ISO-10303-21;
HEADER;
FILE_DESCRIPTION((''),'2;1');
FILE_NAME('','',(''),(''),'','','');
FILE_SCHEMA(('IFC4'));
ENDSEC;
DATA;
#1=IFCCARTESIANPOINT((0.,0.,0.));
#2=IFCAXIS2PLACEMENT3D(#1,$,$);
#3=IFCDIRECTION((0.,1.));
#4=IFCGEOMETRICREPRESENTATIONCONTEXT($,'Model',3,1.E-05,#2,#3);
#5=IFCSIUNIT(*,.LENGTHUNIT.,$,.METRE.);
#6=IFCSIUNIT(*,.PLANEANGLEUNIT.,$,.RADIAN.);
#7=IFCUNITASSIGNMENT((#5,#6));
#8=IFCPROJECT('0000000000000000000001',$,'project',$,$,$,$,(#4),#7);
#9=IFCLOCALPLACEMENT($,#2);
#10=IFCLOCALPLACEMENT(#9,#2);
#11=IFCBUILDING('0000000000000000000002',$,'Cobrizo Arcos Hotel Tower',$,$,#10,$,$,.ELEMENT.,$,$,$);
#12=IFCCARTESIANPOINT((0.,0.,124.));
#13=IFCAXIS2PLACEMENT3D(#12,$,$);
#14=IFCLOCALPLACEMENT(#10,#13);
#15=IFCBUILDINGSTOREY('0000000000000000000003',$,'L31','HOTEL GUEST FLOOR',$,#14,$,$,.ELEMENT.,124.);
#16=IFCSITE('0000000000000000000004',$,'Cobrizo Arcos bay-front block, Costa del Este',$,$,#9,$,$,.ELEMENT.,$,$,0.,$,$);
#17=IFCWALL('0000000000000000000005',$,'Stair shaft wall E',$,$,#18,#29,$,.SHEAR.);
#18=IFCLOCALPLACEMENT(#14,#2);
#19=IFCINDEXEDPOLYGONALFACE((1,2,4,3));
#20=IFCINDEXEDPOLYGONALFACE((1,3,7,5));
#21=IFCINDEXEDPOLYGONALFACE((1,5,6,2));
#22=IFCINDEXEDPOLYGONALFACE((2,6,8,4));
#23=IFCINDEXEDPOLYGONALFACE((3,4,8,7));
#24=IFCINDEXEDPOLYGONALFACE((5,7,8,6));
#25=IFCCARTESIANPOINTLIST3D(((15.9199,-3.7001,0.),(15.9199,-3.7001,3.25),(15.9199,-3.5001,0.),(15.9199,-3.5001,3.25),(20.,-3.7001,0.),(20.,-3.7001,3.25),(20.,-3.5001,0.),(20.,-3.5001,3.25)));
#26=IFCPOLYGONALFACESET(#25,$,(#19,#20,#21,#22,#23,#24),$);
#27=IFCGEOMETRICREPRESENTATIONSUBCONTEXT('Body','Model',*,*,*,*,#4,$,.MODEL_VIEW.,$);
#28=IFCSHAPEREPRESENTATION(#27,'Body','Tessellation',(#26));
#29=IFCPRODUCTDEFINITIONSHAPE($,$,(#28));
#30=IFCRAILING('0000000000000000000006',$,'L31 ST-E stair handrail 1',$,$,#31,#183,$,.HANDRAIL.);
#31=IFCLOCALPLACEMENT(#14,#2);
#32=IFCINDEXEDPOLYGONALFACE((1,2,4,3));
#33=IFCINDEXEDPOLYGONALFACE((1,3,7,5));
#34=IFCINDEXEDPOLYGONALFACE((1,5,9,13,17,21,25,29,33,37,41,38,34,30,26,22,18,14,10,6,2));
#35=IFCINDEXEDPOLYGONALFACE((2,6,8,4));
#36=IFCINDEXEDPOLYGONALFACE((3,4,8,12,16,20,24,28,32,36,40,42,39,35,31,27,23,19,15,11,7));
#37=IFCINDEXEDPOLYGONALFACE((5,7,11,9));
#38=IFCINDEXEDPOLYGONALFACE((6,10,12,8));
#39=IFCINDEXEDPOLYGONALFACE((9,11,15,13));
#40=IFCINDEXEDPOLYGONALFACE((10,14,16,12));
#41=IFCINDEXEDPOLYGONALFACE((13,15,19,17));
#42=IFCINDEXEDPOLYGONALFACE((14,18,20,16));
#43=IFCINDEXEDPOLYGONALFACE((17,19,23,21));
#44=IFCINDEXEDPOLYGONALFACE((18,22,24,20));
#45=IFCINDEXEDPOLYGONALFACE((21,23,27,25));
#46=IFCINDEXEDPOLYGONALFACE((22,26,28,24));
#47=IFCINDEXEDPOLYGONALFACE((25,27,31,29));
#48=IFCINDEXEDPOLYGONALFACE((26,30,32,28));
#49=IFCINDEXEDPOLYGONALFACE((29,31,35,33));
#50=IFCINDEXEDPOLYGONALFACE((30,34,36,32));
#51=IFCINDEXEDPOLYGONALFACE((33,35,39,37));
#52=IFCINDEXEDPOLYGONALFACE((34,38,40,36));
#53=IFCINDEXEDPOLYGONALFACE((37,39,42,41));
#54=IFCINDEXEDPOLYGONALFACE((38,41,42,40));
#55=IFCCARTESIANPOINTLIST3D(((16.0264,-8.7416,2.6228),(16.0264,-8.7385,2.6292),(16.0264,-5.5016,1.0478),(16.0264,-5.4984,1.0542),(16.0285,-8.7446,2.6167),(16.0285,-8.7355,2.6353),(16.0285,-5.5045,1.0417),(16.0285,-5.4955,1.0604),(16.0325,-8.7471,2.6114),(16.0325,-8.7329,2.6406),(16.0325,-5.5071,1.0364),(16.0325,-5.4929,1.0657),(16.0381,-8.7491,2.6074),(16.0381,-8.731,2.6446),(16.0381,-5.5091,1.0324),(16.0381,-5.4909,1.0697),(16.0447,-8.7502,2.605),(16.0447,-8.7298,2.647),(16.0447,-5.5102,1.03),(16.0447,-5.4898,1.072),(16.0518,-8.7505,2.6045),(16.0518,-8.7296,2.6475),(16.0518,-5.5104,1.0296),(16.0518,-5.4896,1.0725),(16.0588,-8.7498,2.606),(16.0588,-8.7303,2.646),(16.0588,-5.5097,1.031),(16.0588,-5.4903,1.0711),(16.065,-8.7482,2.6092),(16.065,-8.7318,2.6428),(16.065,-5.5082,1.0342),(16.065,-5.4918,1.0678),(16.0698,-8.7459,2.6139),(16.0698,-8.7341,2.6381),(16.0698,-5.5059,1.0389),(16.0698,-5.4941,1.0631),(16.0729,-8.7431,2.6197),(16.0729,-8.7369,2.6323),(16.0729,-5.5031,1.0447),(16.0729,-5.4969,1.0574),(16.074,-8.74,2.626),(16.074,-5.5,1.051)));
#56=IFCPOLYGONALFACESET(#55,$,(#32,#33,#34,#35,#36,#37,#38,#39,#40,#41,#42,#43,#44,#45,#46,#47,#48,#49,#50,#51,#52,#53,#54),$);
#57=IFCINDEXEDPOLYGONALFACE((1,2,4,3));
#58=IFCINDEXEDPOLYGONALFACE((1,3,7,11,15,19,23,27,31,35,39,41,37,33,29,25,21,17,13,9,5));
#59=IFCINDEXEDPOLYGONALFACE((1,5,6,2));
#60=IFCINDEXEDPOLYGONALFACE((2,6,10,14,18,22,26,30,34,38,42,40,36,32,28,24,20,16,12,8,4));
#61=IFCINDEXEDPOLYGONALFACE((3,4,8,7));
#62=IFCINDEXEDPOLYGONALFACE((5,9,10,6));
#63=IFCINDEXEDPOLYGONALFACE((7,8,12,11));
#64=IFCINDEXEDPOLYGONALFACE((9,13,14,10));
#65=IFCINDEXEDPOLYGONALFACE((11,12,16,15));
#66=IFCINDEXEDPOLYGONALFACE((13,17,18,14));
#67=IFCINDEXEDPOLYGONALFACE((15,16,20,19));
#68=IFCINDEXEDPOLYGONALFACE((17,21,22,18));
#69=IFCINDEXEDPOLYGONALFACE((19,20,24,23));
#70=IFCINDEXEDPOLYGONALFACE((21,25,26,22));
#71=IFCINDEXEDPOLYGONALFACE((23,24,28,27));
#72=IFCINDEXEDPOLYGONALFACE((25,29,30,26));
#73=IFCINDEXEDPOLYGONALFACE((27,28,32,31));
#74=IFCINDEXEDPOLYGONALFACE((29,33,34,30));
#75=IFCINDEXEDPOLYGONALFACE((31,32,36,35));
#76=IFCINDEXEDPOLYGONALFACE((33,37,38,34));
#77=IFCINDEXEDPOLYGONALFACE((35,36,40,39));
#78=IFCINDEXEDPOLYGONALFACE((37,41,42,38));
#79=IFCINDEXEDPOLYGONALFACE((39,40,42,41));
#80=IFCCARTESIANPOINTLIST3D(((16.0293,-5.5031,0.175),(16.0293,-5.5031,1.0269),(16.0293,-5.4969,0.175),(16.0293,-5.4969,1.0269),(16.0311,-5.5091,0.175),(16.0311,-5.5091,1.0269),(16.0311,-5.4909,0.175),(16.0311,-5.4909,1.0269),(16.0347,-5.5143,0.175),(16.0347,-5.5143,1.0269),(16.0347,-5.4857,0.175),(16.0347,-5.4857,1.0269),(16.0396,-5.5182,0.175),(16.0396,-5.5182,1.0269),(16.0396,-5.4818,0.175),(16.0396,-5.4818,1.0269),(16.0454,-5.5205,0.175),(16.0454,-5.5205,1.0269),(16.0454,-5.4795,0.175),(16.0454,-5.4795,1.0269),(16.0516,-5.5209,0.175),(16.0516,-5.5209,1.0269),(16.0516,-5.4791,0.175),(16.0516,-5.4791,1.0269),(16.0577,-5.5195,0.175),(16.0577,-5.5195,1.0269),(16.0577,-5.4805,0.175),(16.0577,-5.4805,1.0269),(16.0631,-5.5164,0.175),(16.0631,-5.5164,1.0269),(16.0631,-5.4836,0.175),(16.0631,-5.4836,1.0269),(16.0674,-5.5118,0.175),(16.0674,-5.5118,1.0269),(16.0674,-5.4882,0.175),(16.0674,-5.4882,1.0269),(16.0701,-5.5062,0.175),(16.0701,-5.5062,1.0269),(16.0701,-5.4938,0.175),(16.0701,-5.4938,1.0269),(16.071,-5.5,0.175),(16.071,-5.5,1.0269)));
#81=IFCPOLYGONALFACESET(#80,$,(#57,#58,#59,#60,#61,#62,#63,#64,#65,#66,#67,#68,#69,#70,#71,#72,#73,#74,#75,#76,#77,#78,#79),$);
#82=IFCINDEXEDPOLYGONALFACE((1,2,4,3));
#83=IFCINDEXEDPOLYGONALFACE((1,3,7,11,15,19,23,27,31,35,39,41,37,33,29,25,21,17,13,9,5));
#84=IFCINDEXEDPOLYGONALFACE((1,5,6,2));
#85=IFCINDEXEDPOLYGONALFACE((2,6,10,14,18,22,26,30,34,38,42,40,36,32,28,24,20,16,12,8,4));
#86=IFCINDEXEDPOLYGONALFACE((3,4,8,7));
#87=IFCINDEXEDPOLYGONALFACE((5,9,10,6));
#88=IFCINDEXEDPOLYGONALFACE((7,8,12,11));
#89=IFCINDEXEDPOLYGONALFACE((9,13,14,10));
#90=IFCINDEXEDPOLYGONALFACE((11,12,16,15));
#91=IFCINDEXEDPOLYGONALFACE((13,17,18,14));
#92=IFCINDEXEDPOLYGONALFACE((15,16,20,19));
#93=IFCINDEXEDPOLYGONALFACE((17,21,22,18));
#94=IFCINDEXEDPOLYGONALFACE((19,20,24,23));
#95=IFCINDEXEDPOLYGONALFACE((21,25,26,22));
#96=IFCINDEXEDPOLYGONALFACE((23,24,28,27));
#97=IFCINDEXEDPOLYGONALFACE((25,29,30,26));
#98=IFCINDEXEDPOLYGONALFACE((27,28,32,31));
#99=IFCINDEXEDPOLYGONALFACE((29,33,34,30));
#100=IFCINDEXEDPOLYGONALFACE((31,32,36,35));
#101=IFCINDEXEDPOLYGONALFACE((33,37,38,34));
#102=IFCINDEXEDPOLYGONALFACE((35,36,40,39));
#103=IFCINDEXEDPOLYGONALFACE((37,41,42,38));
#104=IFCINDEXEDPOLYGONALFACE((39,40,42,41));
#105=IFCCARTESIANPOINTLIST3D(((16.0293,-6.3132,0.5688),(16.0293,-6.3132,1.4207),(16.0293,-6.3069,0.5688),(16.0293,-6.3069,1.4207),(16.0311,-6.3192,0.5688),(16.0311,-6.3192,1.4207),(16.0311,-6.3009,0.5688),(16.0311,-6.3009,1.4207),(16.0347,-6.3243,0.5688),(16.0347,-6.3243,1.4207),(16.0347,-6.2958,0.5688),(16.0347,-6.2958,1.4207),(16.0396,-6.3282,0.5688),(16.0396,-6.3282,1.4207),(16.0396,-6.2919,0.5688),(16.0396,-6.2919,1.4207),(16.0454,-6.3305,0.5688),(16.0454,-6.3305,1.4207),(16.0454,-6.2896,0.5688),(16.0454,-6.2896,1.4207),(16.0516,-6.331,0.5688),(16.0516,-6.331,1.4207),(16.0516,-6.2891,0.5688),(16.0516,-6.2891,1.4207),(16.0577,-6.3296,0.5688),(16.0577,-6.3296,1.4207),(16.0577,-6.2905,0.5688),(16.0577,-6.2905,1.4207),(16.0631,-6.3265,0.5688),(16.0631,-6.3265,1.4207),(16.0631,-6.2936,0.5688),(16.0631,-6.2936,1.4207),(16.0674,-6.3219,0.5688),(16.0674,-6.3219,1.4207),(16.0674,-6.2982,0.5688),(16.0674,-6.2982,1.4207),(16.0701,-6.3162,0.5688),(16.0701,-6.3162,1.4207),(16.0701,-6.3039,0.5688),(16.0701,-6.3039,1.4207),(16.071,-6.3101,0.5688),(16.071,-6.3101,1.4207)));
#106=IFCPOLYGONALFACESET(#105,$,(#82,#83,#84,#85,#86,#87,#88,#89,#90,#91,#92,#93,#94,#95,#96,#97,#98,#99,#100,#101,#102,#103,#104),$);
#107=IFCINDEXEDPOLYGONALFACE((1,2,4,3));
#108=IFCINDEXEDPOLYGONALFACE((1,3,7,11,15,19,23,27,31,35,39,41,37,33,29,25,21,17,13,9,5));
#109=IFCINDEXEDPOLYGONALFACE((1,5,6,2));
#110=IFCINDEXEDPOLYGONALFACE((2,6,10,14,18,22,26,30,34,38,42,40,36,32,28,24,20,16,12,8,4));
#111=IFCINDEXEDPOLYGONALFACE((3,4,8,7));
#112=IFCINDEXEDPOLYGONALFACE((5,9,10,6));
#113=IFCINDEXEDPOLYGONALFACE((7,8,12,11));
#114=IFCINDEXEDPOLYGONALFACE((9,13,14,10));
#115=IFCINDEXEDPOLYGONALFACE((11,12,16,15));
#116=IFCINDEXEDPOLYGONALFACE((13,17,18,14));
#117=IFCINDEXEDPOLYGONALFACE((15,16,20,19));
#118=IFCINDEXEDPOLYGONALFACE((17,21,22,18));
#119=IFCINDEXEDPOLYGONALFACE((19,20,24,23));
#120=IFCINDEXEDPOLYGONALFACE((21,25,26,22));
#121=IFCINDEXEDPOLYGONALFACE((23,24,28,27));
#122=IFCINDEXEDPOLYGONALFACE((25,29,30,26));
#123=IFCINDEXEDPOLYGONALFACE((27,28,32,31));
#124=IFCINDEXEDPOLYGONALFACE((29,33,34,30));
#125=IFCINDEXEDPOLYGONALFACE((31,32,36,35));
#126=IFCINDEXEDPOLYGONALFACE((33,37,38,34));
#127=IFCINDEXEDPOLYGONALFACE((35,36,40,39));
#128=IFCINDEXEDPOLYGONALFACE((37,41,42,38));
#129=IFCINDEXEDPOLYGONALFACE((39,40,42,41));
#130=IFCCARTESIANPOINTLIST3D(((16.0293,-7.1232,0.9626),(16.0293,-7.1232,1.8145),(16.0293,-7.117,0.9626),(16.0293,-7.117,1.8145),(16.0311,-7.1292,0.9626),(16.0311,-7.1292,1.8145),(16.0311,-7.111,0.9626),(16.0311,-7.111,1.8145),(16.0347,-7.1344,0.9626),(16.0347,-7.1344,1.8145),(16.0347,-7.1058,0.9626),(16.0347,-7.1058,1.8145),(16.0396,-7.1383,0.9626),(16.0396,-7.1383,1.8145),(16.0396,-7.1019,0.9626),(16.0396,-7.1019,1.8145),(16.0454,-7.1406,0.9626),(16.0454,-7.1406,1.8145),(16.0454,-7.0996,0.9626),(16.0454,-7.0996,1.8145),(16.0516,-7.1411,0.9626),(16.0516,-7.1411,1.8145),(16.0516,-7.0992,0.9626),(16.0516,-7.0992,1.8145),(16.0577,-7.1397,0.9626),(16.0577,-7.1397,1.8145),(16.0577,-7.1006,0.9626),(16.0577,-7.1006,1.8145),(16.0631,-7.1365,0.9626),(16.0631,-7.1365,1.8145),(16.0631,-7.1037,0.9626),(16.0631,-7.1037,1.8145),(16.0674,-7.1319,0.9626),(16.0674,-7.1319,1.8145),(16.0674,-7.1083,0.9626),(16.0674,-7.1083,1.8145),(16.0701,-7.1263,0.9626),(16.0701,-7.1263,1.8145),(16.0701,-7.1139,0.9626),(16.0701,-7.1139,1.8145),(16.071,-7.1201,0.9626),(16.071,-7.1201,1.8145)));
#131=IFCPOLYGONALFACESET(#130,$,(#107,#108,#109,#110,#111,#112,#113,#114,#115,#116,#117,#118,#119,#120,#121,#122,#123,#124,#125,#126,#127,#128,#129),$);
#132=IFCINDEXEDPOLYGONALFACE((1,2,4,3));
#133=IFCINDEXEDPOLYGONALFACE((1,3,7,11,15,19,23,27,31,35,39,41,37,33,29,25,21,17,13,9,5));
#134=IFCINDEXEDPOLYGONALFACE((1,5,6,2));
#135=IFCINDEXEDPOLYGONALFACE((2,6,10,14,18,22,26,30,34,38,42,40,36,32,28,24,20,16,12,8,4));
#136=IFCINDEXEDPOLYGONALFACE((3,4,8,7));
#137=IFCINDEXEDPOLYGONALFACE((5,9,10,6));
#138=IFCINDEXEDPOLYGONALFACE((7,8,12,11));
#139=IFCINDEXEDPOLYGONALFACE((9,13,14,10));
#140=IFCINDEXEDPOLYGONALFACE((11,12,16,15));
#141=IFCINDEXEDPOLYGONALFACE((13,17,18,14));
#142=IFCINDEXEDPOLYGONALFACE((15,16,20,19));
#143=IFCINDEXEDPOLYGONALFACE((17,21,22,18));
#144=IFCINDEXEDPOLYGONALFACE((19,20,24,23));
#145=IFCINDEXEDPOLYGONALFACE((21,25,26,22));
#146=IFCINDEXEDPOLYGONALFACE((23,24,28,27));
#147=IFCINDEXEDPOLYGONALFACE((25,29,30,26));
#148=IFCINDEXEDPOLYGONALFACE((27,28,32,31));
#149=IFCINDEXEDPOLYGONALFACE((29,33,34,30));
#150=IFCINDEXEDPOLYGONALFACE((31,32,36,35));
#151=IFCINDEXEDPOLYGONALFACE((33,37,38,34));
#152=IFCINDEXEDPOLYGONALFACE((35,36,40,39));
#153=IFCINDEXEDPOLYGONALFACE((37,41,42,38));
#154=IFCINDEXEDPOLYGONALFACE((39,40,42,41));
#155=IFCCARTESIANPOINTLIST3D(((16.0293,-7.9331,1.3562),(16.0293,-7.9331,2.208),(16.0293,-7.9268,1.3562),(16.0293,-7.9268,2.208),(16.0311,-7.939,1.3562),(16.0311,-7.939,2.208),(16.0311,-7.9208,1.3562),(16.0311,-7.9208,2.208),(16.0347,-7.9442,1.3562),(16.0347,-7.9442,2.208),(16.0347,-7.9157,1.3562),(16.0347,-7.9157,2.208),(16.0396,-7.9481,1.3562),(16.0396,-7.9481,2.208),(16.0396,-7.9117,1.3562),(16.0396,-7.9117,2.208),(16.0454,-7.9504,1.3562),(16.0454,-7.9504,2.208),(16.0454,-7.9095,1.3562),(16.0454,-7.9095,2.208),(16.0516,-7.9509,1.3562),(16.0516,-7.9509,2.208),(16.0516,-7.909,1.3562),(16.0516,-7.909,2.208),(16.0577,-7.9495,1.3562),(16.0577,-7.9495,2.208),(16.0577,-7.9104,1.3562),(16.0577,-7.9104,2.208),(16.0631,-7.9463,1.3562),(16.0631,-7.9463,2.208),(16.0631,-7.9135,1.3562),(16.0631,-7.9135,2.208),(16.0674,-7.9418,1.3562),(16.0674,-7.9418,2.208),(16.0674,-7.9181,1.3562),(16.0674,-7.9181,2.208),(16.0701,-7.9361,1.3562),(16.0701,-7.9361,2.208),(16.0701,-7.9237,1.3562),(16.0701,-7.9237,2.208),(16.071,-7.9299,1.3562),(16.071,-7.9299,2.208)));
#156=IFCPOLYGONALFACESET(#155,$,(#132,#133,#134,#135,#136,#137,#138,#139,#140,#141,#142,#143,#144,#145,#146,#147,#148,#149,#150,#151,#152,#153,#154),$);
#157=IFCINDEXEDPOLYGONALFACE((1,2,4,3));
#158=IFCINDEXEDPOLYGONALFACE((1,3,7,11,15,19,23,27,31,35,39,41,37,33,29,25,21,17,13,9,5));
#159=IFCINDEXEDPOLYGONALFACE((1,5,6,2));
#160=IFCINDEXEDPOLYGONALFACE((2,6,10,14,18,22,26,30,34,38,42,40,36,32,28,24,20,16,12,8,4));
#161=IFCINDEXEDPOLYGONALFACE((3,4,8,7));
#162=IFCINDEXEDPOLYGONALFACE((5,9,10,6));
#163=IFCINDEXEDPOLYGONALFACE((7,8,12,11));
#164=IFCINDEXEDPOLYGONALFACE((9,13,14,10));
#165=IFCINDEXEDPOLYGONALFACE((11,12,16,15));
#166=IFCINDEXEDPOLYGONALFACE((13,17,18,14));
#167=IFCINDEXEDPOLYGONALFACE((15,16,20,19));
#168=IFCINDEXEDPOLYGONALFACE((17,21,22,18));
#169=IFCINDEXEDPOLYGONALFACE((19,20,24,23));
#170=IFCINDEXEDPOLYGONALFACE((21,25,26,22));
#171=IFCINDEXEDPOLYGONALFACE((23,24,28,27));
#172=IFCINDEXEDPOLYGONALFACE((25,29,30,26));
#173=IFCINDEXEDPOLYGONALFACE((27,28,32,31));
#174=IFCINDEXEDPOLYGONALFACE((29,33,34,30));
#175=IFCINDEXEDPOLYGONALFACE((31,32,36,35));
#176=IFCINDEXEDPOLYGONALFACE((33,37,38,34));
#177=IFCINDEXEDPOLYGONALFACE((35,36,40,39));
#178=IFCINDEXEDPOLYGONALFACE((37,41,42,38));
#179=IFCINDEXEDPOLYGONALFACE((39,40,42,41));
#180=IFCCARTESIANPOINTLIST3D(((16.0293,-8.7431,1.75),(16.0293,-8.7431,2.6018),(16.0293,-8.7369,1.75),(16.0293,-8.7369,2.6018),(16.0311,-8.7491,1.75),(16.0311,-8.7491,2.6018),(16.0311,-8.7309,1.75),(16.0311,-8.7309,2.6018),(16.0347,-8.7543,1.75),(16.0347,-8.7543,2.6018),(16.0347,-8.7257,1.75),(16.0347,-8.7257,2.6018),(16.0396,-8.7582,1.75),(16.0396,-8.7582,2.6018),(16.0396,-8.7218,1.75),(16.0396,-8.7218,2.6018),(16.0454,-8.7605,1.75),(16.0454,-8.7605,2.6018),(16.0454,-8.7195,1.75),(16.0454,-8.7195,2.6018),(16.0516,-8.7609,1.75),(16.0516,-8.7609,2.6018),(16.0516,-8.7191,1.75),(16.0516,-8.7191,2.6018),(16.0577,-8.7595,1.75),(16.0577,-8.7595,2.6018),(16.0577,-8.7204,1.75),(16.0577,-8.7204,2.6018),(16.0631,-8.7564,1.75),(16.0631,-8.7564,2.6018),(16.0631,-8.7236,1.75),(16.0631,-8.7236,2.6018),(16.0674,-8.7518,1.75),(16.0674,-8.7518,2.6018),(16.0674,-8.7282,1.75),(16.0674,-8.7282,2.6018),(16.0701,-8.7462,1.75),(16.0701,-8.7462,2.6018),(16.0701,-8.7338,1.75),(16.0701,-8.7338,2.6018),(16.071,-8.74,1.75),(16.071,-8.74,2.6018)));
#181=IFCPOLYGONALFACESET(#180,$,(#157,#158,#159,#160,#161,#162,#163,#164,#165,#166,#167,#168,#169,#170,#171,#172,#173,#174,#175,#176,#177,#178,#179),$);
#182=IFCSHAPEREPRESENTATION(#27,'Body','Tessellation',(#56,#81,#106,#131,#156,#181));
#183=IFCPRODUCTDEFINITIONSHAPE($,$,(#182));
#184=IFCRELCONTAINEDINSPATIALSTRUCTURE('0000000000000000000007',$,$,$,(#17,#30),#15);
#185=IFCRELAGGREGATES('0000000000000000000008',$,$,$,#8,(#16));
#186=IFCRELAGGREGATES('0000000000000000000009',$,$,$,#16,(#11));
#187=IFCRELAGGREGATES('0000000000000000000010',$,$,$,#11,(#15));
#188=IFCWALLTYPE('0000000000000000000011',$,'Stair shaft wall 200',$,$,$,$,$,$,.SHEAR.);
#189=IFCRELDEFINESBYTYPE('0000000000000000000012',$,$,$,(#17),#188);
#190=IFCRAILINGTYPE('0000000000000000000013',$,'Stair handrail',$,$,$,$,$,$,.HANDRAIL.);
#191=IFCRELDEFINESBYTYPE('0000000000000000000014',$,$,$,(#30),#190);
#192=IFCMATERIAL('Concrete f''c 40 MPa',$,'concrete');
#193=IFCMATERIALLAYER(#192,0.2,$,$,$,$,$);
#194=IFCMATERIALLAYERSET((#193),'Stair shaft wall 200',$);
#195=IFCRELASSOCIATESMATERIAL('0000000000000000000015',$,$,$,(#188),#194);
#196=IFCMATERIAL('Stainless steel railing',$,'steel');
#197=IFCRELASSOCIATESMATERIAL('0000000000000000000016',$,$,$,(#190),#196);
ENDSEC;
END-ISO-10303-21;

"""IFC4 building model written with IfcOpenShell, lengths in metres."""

from ifc_helpers import new_model, si_unit, direction, frame, frame_2d, origin, origin_2d, place, context, subcontext, project, spatial, rectangle, circle, extrude, material, layer, layer_set, type_object, element, save


model = new_model("IFC4")

# Units and contexts
model_context = context("Model", 3, precision=1e-05, world=origin(), true_north=direction((0.0, 1.0)))
body_context = subcontext(model_context, "Body", "Model", "MODEL_VIEW")
ifc_project = project(units=[si_unit("LENGTHUNIT", "METRE"), si_unit("PLANEANGLEUNIT", "RADIAN")], contexts=[model_context])

# Site, building, storey
site_placement = place(None, origin())
site = spatial("IfcSite", under=ifc_project, at=site_placement, Name="Cobrizo Arcos bay-front block, Costa del Este", CompositionType="ELEMENT", RefElevation=0.0)
building_placement = place(site_placement, origin())
building = spatial("IfcBuilding", under=site, at=building_placement, Name="Cobrizo Arcos Hotel Tower", CompositionType="ELEMENT")
storey_placement = place(building_placement, frame((0.0, 0.0, 124.0)))
storey = spatial("IfcBuildingStorey", under=building, at=storey_placement, Name="L31", Description="HOTEL GUEST FLOOR", CompositionType="ELEMENT", Elevation=124.0)

# Wall
ifc_material_1 = material(Name="Concrete f'c 40 MPa", Category="concrete")
ifc_layer_1 = layer(ifc_material_1, 0.2)
ifc_layer_set_1 = layer_set([ifc_layer_1], Name="Stair shaft wall 200")
wall_type_1 = type_object("IfcWallType", Name="Stair shaft wall 200", PredefinedType="SHEAR", material=ifc_layer_set_1)
wall_1_placement = place(storey_placement, frame((15.9199, -3.6001, 0.0), z_axis=(0.0, 0.0, 1.0), x_axis=(1.0, 0.0, 0.0)))
element("IfcWall", 1, at=wall_1_placement, inside=storey, type_object=wall_type_1, Name="Stair shaft wall E", PredefinedType="SHEAR", context=body_context, shape_type="SweptSolid", body=[
    extrude(rectangle(XDim=4.0801, YDim=0.2, at=frame_2d((2.04, 0.0))), origin(), (0.0, 0.0, 1.0), 3.25),
])

# Railing
ifc_material_2 = material(Name="Stainless steel railing", Category="steel")
railing_type = type_object("IfcRailingType", Name="Stair handrail", PredefinedType="HANDRAIL", material=ifc_material_2)
railing_placement = place(storey_placement, frame((16.05, -5.5, 0.175)))
element("IfcRailing", 2, at=railing_placement, inside=storey, type_object=railing_type, Name="L31 ST-E stair handrail 1", PredefinedType="HANDRAIL", context=body_context, shape_type="SweptSolid", body=[
    extrude(circle(Radius=0.0239, at=origin_2d()), frame((0.0, 0.0, 0.876), z_axis=(0.0, -0.899373, 0.437183), x_axis=(1.0, 0.0, 0.0)), (0.0, 0.0, 1.0), 3.6025),
    extrude(circle(Radius=0.021, at=origin_2d()), origin(), (0.0, 0.0, 1.0), 0.8518),
    extrude(circle(Radius=0.021, at=origin_2d()), frame((0.0, -0.8101, 0.3938)), (0.0, 0.0, 1.0), 0.8518),
    extrude(circle(Radius=0.021, at=origin_2d()), frame((0.0, -1.6201, 0.7876)), (0.0, 0.0, 1.0), 0.8518),
    extrude(circle(Radius=0.021, at=origin_2d()), frame((0.0, -2.4299, 1.1812)), (0.0, 0.0, 1.0), 0.8518),
    extrude(circle(Radius=0.021, at=origin_2d()), frame((0.0, -3.24, 1.575)), (0.0, 0.0, 1.0), 0.8518),
])

save(model, "model.ifc")
